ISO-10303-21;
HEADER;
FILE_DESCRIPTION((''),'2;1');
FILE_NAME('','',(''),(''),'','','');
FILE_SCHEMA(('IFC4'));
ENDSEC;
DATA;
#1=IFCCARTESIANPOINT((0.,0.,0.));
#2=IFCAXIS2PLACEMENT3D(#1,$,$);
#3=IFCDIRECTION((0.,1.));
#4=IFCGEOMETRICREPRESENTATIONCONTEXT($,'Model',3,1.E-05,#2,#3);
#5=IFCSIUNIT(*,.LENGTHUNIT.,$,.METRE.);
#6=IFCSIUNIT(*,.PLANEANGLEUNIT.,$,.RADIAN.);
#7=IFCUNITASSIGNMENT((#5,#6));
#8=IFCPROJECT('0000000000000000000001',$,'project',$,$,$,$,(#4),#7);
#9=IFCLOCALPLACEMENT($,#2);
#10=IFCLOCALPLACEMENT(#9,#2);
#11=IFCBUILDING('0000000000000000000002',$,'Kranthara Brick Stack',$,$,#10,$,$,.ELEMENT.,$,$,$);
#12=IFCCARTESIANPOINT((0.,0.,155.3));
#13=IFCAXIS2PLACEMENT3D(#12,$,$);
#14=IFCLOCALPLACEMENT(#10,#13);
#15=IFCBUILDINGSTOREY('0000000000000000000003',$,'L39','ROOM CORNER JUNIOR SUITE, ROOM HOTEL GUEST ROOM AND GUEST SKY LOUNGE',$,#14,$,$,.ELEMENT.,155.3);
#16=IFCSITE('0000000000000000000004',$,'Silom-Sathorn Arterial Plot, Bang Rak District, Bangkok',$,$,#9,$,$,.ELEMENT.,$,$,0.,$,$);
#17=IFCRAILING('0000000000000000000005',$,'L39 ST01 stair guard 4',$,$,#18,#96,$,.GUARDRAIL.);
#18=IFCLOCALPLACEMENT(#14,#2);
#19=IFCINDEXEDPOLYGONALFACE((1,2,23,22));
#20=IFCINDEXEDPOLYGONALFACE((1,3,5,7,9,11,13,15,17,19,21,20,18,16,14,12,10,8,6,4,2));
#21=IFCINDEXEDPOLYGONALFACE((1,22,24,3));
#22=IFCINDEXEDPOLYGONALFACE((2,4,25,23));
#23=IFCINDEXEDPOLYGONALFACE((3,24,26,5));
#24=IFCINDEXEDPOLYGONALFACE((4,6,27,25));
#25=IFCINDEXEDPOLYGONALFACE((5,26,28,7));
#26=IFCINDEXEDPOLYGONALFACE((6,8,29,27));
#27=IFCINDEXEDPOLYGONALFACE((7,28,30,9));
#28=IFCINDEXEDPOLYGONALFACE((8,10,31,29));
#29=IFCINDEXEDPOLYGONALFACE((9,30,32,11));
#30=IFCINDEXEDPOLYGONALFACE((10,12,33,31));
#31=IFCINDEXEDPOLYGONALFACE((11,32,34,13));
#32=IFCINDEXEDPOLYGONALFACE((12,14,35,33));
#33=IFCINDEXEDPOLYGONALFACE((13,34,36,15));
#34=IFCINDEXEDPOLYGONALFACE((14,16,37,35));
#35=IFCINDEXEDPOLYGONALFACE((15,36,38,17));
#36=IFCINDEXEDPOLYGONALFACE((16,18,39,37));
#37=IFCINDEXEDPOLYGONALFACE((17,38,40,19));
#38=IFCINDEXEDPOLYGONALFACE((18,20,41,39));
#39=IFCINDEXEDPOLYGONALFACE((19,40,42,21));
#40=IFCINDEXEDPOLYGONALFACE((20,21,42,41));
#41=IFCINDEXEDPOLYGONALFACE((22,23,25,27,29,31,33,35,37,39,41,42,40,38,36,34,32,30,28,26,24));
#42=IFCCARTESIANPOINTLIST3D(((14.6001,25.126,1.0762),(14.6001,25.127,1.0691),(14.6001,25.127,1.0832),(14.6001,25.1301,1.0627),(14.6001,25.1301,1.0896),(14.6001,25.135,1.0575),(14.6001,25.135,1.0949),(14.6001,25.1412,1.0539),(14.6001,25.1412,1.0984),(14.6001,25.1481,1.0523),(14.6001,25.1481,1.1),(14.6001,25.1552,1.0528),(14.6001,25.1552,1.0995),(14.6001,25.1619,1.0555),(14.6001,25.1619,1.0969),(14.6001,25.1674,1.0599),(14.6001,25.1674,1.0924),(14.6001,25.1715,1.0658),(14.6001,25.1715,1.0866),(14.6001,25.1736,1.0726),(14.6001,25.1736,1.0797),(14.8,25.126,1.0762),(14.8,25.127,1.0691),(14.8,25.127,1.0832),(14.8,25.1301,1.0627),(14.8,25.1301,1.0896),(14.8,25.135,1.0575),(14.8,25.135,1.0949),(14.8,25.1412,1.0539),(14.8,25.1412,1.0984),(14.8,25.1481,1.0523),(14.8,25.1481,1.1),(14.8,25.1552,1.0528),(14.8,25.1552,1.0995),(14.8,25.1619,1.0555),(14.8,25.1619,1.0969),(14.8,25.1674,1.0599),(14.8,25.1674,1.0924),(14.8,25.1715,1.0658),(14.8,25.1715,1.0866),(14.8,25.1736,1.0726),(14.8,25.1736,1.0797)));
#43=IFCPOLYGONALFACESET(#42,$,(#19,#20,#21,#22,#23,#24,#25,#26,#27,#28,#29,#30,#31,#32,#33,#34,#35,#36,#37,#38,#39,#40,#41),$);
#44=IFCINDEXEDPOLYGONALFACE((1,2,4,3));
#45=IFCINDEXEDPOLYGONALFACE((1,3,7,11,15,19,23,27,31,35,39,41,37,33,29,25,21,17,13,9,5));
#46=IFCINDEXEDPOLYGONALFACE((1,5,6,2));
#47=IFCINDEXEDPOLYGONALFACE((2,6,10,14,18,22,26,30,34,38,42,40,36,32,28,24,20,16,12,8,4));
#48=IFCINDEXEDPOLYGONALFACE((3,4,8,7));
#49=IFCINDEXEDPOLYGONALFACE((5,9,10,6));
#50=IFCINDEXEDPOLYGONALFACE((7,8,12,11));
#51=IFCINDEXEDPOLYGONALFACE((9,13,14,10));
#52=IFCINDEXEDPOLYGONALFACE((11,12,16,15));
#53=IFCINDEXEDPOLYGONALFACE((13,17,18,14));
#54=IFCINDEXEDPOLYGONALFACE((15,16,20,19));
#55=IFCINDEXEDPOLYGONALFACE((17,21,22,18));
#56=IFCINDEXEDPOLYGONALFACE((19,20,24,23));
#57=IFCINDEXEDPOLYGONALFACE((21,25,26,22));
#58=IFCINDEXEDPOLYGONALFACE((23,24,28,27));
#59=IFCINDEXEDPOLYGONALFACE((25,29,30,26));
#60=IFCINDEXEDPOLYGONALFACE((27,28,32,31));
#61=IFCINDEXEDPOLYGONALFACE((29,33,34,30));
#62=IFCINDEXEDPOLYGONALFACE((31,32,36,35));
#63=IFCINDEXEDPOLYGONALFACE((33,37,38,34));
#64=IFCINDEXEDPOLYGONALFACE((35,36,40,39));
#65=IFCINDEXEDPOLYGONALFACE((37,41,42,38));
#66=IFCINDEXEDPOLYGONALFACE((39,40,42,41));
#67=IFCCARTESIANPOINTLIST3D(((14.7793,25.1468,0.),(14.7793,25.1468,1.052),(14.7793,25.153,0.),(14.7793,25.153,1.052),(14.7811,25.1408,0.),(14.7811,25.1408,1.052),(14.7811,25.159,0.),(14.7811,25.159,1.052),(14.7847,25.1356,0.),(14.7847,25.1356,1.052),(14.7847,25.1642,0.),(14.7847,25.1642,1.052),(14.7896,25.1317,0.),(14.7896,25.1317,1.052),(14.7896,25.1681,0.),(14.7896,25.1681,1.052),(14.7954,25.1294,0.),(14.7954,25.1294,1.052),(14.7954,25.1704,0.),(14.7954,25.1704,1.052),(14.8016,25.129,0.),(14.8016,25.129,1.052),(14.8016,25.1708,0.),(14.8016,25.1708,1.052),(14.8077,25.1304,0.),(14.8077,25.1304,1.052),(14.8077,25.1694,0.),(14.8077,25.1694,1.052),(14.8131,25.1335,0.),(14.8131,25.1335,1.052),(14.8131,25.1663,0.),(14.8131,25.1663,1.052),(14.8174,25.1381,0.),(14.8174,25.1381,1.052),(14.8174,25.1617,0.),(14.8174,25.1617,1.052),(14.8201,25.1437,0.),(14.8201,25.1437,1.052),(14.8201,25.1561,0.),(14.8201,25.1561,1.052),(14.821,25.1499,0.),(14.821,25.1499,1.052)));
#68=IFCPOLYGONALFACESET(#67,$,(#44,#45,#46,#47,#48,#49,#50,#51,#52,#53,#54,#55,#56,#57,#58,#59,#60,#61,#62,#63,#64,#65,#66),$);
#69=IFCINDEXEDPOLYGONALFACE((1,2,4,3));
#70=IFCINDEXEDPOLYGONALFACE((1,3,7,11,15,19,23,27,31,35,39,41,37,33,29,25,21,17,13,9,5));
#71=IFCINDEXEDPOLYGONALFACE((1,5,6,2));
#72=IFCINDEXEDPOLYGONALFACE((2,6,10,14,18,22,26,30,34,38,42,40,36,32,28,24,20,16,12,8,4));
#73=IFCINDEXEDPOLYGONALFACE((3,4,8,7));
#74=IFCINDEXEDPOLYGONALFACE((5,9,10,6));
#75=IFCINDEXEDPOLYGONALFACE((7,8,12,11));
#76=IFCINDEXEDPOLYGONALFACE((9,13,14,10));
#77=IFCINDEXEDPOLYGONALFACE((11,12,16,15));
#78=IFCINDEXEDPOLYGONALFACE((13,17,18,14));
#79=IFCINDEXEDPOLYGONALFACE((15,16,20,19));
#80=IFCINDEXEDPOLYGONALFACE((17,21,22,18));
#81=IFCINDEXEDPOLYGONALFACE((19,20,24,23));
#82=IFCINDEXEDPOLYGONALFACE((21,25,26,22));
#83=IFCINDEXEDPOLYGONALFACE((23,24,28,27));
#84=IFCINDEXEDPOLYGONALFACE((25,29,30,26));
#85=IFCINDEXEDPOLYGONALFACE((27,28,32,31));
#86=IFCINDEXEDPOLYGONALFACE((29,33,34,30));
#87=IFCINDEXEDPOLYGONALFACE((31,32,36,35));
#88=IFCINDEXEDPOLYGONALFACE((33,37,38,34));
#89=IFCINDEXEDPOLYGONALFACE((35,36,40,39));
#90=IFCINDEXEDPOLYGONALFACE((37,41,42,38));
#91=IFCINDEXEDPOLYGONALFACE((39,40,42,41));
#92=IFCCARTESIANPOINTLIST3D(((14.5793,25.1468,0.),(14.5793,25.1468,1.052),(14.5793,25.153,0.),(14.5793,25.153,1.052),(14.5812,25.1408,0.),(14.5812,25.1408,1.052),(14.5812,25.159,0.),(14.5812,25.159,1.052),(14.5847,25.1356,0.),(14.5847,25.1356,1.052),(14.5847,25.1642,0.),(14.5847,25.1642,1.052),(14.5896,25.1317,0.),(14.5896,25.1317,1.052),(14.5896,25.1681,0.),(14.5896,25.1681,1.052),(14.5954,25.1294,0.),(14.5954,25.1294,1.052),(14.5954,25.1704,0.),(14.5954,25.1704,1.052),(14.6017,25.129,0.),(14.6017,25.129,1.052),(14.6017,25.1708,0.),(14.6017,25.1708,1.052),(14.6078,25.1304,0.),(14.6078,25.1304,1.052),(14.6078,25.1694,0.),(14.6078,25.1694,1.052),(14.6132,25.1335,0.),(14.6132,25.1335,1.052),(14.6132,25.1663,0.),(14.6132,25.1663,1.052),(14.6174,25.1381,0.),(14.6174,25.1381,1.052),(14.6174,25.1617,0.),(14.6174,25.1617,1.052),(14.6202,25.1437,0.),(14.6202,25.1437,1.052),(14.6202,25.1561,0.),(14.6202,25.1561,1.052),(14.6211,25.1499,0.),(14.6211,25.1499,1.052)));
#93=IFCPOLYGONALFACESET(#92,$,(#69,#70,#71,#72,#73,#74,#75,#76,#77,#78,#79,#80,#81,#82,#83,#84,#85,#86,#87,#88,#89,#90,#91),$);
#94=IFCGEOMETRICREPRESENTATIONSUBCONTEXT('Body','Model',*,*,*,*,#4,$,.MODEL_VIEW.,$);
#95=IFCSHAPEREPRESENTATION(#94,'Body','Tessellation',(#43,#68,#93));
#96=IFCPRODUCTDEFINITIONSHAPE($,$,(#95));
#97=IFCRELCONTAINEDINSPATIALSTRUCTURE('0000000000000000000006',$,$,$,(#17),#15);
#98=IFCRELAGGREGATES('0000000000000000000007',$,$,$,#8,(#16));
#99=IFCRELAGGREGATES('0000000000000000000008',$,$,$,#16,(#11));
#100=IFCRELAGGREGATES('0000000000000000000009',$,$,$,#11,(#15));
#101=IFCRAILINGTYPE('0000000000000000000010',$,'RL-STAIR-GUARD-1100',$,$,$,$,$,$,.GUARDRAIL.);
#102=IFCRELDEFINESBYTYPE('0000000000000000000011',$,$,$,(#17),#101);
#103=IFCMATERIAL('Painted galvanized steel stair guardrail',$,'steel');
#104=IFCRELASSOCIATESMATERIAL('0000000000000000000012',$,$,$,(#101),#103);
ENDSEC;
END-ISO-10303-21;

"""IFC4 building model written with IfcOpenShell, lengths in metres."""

from ifc_helpers import new_model, si_unit, direction, frame, origin, origin_2d, place, context, subcontext, project, spatial, circle, extrude, material, type_object, element, save


model = new_model("IFC4")

# Units and contexts
model_context = context("Model", 3, precision=1e-05, world=origin(), true_north=direction((0.0, 1.0)))
body_context = subcontext(model_context, "Body", "Model", "MODEL_VIEW")
ifc_project = project(units=[si_unit("LENGTHUNIT", "METRE"), si_unit("PLANEANGLEUNIT", "RADIAN")], contexts=[model_context])

# Site, building, storey
site_placement = place(None, origin())
site = spatial("IfcSite", under=ifc_project, at=site_placement, Name="Silom-Sathorn Arterial Plot, Bang Rak District, Bangkok", CompositionType="ELEMENT", RefElevation=0.0)
building_placement = place(site_placement, origin())
building = spatial("IfcBuilding", under=site, at=building_placement, Name="Kranthara Brick Stack", CompositionType="ELEMENT")
storey_placement = place(building_placement, frame((0.0, 0.0, 155.3)))
storey = spatial("IfcBuildingStorey", under=building, at=storey_placement, Name="L39", Description="ROOM CORNER JUNIOR SUITE, ROOM HOTEL GUEST ROOM AND GUEST SKY LOUNGE", CompositionType="ELEMENT", Elevation=155.3)

# Railing
ifc_material_1 = material(Name="Painted galvanized steel stair guardrail", Category="steel")
railing_type_1 = type_object("IfcRailingType", Name="RL-STAIR-GUARD-1100", PredefinedType="GUARDRAIL", material=ifc_material_1)
railing_1_placement = place(storey_placement, frame((14.8, 25.1499, 0.0)))
element("IfcRailing", 1, at=railing_1_placement, inside=storey, type_object=railing_type_1, Name="L39 ST01 stair guard 4", PredefinedType="GUARDRAIL", context=body_context, shape_type="SweptSolid", body=[
    extrude(circle(Radius=0.0239, at=origin_2d()), frame((0.0, 0.0, 1.0762), z_axis=(-1.0, 0.0, 0.0), x_axis=(0.0, -1.0, 0.0)), (0.0, 0.0, 1.0), 0.2),
    extrude(circle(Radius=0.021, at=origin_2d()), origin(), (0.0, 0.0, 1.0), 1.052),
    extrude(circle(Radius=0.021, at=origin_2d()), frame((-0.2, 0.0, 0.0)), (0.0, 0.0, 1.0), 1.052),
])

save(model, "model.ifc")
